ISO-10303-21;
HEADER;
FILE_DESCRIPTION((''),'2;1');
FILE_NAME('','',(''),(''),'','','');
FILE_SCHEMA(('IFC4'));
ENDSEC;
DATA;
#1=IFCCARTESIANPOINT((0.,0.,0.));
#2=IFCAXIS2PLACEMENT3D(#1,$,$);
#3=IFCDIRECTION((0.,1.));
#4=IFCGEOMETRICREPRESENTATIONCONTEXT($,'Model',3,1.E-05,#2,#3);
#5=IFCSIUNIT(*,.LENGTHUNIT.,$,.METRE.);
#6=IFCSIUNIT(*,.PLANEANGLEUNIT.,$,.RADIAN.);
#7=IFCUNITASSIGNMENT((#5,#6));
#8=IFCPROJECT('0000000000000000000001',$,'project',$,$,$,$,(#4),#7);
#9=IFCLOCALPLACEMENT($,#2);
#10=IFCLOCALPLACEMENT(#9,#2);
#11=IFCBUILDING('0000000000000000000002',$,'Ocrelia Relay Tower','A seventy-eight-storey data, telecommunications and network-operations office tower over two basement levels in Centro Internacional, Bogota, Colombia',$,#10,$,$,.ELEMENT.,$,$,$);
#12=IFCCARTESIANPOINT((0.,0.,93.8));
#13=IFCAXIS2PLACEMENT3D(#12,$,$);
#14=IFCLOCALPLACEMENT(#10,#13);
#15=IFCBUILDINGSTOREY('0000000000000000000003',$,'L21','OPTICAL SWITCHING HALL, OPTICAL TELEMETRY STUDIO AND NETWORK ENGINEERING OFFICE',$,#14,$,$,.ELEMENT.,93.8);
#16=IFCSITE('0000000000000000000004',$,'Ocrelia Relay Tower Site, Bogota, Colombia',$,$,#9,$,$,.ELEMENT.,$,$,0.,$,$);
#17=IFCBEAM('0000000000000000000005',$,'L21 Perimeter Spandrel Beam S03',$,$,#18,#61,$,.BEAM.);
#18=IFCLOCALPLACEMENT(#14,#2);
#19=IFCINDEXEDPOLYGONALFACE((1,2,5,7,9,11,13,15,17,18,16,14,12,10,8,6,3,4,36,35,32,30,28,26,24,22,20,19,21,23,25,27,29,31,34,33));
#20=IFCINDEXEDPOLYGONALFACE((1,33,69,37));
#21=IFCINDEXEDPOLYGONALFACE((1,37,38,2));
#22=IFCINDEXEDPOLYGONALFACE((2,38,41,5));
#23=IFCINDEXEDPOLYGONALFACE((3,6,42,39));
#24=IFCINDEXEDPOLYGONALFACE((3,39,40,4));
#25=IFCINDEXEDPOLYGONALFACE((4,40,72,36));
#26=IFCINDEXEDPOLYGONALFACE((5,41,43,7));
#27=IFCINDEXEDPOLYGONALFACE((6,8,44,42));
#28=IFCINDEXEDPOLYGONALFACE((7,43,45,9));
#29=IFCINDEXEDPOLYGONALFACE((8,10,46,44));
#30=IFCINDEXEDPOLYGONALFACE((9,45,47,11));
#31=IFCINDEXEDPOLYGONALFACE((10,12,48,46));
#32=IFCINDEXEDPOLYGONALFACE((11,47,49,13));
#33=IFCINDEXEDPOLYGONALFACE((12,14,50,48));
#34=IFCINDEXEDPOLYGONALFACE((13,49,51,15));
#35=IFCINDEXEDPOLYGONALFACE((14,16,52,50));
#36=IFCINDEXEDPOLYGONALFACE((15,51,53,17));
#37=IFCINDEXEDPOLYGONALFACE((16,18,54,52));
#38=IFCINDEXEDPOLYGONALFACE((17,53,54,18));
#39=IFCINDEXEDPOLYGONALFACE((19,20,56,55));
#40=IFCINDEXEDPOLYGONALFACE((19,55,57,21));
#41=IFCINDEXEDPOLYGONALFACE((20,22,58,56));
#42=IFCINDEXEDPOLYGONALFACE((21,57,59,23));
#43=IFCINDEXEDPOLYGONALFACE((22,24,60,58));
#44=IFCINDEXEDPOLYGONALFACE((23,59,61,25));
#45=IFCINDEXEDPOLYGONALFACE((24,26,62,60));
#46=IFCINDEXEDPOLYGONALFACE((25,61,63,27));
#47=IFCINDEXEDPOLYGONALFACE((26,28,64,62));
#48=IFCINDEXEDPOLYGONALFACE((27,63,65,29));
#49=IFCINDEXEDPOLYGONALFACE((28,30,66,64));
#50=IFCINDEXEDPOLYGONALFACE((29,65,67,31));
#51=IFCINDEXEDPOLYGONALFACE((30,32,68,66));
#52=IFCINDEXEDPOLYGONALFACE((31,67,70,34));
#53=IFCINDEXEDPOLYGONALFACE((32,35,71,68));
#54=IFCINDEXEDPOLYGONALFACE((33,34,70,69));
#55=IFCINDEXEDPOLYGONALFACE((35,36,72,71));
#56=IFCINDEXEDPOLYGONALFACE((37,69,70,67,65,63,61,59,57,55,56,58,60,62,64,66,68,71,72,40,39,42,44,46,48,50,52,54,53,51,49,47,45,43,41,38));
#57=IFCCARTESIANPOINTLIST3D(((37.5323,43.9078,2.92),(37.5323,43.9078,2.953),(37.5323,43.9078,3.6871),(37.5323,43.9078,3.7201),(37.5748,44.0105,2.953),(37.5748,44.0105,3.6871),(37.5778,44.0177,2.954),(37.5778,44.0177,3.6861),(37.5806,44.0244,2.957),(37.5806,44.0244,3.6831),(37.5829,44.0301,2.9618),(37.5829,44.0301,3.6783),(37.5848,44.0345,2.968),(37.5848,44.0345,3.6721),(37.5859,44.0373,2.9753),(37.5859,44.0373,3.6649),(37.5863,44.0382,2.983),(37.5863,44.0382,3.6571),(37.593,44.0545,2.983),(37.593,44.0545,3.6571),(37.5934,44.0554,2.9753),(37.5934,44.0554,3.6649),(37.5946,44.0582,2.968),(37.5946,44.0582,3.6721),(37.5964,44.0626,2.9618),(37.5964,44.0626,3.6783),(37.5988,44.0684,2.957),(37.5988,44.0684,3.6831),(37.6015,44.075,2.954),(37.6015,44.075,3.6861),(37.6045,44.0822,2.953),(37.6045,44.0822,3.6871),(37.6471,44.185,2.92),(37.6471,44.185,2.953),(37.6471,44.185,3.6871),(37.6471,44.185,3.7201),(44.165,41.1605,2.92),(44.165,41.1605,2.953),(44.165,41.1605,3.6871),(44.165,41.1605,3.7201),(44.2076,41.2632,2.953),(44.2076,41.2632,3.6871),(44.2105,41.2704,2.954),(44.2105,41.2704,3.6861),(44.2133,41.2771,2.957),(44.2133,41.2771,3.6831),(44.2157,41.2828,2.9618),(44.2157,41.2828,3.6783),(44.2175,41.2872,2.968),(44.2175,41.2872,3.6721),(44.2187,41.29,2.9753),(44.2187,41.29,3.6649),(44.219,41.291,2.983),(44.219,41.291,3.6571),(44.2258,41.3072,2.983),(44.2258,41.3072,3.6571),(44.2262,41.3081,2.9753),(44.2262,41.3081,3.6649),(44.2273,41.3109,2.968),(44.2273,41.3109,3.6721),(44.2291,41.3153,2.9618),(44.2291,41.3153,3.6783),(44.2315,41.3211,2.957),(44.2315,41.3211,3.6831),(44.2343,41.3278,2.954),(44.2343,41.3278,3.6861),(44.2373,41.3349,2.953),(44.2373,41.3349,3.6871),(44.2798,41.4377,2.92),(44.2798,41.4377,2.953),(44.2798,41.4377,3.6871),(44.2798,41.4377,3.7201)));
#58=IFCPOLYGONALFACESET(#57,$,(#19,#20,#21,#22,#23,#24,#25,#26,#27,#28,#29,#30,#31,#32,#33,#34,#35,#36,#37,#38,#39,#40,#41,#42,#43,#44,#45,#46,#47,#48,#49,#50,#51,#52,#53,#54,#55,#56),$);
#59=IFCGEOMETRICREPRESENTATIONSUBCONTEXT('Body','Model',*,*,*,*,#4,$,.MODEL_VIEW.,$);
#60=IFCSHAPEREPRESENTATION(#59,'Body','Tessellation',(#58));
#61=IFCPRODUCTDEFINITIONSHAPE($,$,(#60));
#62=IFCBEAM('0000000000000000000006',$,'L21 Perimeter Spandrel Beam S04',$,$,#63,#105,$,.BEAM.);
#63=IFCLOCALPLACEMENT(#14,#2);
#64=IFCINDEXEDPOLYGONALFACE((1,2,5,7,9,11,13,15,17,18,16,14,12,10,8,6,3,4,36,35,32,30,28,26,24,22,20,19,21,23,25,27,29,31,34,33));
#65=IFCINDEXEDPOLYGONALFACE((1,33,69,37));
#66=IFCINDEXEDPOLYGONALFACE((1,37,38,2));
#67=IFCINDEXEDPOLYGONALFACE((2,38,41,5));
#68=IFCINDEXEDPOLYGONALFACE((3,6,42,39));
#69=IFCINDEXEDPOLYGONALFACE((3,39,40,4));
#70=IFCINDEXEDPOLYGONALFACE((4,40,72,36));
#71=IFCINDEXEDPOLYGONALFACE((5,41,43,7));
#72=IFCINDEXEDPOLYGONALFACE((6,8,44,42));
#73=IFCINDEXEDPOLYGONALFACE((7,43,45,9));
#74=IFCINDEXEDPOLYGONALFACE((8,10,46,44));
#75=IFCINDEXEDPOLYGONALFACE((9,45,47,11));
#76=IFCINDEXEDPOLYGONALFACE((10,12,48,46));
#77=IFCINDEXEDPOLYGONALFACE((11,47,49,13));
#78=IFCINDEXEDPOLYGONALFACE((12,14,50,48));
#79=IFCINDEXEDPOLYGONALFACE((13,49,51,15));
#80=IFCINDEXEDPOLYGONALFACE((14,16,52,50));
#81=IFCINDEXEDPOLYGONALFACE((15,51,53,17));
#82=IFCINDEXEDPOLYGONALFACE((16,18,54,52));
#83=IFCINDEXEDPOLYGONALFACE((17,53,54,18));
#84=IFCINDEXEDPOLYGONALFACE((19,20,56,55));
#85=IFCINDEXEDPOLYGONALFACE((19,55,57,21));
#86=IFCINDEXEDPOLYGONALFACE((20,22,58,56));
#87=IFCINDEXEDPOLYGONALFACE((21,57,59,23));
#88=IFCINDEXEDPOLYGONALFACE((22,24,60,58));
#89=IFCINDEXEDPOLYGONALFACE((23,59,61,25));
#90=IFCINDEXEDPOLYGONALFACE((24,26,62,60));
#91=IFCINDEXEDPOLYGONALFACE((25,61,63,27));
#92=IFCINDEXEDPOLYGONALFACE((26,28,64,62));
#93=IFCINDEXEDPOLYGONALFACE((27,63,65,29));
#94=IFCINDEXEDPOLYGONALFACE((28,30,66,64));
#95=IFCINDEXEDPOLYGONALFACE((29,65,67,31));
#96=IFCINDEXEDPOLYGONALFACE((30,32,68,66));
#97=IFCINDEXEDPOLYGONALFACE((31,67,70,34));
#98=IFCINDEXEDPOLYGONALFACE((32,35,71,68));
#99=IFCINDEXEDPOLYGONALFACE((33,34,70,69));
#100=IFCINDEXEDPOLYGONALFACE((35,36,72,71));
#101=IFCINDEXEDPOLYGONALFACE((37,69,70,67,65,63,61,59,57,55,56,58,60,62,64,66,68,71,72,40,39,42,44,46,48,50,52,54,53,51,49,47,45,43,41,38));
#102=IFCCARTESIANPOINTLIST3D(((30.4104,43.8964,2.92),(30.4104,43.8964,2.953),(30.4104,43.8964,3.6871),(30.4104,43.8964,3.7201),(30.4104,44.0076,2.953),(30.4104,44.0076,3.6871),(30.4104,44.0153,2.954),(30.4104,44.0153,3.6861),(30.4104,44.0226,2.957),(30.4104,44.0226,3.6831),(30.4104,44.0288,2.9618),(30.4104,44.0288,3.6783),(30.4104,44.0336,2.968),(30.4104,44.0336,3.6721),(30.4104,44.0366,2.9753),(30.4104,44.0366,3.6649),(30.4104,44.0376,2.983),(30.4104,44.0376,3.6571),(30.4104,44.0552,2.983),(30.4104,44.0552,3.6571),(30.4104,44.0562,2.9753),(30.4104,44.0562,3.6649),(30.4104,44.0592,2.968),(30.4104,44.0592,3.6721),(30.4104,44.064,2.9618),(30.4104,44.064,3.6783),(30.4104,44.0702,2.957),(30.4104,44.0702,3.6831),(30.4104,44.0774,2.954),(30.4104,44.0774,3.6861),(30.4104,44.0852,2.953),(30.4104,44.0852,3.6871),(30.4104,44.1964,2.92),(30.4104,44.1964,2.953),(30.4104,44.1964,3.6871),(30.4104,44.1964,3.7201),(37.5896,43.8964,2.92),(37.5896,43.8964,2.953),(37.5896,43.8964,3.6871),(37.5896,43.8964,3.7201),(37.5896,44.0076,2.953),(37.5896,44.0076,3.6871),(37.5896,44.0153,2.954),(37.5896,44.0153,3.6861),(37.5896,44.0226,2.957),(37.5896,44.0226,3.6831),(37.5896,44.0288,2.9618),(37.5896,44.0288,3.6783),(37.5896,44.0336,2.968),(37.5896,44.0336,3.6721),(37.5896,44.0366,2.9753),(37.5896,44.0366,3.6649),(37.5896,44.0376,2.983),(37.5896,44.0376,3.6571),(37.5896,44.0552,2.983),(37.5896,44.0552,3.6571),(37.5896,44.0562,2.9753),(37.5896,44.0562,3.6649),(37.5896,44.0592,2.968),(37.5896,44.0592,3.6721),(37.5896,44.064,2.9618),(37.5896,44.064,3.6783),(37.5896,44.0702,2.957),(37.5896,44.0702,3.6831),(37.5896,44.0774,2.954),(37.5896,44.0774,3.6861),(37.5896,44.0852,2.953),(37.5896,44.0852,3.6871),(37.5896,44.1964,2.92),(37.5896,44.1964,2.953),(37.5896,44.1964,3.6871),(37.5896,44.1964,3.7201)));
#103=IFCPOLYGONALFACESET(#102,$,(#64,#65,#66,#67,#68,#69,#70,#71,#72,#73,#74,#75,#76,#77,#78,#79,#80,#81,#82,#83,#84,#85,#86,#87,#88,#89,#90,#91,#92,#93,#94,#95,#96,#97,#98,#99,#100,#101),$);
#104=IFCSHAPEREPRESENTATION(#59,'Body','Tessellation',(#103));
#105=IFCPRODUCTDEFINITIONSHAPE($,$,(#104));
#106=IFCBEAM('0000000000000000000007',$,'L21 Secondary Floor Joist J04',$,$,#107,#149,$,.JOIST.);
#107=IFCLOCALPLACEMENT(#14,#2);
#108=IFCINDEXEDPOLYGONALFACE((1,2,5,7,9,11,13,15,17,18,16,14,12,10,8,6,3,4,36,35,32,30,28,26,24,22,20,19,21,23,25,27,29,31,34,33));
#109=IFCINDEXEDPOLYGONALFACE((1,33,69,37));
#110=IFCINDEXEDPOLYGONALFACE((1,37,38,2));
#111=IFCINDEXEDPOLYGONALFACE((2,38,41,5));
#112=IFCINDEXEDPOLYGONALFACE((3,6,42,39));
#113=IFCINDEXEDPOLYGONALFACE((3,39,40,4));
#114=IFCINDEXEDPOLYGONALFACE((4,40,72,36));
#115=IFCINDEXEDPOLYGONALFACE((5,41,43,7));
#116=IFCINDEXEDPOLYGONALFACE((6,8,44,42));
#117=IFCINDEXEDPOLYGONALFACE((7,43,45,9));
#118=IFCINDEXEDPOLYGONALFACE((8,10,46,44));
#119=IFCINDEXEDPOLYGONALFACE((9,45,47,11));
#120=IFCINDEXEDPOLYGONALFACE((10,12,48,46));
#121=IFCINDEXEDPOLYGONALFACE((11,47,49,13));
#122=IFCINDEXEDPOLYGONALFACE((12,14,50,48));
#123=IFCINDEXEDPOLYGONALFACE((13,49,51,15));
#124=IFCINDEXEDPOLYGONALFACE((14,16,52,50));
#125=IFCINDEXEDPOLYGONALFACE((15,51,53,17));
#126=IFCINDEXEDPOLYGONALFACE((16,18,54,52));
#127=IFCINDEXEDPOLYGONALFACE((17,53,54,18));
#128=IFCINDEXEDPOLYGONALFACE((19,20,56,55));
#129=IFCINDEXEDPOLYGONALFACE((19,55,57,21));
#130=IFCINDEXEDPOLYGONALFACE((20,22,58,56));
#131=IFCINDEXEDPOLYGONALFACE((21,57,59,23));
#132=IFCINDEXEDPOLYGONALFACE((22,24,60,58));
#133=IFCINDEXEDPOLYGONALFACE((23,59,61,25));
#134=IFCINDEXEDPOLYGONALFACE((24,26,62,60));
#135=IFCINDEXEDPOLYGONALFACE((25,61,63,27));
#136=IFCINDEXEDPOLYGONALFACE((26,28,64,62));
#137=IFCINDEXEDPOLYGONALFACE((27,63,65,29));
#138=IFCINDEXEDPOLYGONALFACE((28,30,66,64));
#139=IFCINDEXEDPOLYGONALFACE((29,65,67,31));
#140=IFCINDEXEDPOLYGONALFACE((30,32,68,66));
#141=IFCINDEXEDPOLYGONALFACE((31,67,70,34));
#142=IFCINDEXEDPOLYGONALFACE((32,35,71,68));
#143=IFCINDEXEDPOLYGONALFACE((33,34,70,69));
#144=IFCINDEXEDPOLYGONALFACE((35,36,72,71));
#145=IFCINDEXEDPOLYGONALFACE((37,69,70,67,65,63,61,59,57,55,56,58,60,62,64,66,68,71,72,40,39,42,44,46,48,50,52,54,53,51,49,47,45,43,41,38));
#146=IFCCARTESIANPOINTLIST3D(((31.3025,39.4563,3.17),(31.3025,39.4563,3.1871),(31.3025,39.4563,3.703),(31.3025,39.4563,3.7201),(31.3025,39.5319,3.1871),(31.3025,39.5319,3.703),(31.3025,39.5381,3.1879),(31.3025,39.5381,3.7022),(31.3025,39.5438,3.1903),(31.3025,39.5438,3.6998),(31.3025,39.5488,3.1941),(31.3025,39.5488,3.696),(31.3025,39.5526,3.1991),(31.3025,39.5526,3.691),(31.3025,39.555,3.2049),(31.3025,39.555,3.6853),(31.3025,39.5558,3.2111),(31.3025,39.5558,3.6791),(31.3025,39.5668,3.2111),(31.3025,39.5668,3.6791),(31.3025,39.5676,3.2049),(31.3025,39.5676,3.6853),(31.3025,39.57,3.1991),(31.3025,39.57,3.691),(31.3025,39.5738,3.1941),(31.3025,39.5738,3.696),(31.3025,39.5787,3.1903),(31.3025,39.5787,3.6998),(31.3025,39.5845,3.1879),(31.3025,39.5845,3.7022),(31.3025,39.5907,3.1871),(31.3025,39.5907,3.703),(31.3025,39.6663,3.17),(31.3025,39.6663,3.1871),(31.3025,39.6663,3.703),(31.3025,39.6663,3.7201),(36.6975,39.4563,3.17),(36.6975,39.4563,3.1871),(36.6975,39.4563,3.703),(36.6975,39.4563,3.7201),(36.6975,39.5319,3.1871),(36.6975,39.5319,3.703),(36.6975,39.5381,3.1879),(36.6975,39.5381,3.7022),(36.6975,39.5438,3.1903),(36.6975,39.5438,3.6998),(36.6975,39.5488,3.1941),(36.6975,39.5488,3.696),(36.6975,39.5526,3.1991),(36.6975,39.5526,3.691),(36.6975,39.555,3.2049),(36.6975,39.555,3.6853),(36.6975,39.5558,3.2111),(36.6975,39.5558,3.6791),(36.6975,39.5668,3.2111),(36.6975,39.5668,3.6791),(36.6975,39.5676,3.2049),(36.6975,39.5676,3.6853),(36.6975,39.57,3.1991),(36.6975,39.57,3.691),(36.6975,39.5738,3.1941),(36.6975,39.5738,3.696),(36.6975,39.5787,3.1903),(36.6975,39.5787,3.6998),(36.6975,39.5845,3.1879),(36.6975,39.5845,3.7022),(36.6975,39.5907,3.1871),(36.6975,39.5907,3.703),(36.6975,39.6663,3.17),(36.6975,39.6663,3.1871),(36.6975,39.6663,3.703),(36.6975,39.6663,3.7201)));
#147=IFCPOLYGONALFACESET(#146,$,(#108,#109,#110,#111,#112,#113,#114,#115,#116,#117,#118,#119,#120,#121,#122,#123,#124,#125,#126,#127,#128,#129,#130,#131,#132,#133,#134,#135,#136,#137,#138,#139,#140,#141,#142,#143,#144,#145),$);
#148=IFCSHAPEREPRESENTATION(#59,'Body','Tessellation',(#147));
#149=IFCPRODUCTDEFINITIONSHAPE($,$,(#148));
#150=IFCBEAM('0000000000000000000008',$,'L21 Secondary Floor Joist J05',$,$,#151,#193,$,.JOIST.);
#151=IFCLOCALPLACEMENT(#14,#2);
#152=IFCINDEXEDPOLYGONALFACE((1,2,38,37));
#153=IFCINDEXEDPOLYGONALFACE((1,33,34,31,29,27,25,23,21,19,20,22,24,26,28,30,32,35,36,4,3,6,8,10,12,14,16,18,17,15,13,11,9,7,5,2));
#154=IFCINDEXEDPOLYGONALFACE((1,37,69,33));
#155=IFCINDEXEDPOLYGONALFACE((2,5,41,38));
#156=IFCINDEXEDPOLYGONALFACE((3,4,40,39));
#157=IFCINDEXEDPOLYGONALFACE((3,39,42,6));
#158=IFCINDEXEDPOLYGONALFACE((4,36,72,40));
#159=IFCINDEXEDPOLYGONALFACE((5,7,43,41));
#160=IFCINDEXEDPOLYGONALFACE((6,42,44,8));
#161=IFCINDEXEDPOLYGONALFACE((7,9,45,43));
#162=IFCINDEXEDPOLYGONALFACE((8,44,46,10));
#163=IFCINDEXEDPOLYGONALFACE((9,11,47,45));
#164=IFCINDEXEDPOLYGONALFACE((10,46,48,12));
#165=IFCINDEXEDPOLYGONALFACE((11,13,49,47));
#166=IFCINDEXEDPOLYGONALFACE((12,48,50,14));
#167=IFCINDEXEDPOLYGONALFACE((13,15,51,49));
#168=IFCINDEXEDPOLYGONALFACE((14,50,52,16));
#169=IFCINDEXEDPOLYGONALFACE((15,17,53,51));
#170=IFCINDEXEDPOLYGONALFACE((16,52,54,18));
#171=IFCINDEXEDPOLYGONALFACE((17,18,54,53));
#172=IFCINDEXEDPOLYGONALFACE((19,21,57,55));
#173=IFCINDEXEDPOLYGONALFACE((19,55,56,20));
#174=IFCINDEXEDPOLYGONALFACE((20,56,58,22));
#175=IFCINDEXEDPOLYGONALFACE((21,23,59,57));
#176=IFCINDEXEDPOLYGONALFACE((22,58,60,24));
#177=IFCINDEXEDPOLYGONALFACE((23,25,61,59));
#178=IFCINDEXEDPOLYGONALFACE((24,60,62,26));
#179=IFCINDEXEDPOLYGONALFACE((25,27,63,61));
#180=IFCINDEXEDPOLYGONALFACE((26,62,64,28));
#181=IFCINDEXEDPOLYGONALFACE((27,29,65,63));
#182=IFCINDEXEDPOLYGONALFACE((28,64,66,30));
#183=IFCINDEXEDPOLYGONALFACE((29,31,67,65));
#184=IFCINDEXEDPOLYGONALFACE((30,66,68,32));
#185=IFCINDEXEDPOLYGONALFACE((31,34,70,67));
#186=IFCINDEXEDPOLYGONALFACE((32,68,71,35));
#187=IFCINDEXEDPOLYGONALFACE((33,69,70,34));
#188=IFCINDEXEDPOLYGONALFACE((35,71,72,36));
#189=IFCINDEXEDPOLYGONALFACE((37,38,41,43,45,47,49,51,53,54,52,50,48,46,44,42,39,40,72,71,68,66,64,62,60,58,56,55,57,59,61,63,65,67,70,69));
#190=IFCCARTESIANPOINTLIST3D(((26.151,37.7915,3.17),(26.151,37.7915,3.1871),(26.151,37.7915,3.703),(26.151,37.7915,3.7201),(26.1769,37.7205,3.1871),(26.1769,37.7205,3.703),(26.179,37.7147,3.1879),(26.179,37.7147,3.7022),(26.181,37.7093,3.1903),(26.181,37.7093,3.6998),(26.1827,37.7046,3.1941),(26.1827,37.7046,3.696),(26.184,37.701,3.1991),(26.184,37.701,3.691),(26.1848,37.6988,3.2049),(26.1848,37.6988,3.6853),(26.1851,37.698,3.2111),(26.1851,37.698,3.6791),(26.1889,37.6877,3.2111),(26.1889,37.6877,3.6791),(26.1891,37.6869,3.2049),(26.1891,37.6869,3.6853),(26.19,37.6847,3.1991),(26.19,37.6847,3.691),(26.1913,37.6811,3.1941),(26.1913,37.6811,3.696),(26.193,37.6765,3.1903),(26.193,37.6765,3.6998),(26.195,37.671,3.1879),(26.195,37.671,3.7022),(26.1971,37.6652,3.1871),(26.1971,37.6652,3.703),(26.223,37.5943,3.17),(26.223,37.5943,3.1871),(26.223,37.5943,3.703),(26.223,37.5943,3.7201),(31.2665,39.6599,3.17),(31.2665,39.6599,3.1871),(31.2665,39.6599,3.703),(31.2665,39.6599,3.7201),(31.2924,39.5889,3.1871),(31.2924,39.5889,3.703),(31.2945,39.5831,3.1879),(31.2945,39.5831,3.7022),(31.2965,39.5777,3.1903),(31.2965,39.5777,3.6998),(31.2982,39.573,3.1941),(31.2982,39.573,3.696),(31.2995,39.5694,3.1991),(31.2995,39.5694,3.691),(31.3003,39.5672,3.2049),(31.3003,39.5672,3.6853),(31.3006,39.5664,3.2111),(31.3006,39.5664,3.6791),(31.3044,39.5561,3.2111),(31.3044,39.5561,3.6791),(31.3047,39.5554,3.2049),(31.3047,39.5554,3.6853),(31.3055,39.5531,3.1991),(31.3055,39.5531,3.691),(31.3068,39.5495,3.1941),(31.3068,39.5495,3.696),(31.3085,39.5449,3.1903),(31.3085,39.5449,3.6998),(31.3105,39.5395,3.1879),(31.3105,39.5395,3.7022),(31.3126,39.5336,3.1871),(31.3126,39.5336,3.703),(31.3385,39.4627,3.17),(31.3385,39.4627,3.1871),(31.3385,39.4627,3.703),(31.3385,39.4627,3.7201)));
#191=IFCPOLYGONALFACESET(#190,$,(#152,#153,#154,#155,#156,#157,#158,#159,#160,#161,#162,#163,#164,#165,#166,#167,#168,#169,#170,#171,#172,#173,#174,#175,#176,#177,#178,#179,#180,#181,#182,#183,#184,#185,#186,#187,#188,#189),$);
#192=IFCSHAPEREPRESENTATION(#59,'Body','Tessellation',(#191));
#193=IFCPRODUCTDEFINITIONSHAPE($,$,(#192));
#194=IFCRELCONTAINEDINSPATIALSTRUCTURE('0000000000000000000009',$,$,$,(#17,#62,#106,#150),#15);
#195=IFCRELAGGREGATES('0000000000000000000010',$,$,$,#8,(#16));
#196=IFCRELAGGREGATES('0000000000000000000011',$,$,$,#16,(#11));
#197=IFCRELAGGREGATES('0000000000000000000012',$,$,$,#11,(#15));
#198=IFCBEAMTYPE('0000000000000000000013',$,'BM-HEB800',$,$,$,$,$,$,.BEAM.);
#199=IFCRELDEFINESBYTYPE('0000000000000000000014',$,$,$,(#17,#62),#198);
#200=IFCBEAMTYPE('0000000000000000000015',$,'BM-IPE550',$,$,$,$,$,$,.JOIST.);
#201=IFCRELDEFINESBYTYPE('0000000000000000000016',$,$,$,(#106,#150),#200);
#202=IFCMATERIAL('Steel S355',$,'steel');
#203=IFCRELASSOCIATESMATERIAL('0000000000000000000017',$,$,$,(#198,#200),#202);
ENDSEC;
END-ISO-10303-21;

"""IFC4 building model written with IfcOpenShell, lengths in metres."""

from ifc_helpers import new_model, si_unit, direction, frame, origin, origin_2d, place, context, subcontext, project, spatial, i_section, extrude, material, material_profile, profile_set, type_object, element, save


model = new_model("IFC4")

# Units and contexts
model_context = context("Model", 3, precision=1e-05, world=origin(), true_north=direction((0.0, 1.0)))
body_context = subcontext(model_context, "Body", "Model", "MODEL_VIEW")
ifc_project = project(units=[si_unit("LENGTHUNIT", "METRE"), si_unit("PLANEANGLEUNIT", "RADIAN")], contexts=[model_context])

# Site, building, storey
site_placement = place(None, origin())
site = spatial("IfcSite", under=ifc_project, at=site_placement, Name="Ocrelia Relay Tower Site, Bogota, Colombia", CompositionType="ELEMENT", RefElevation=0.0)
building_placement = place(site_placement, origin())
building = spatial("IfcBuilding", under=site, at=building_placement, Name="Ocrelia Relay Tower", Description="A seventy-eight-storey data, telecommunications and network-operations office tower over two basement levels in Centro Internacional, Bogota, Colombia", CompositionType="ELEMENT")
storey_placement = place(building_placement, frame((0.0, 0.0, 93.8)))
storey = spatial("IfcBuildingStorey", under=building, at=storey_placement, Name="L21", Description="OPTICAL SWITCHING HALL, OPTICAL TELEMETRY STUDIO AND NETWORK ENGINEERING OFFICE", CompositionType="ELEMENT", Elevation=93.8)

# Beams
ifc_material_1 = material(Name="Steel S355", Category="steel")
ifc_material_profile_1 = material_profile(ifc_material_1, i_section(OverallWidth=0.3, OverallDepth=0.8, WebThickness=0.0176, FlangeThickness=0.033, FilletRadius=0.03, at=origin_2d()), Name="HEB 800")
ifc_profile_set_1 = profile_set([ifc_material_profile_1], Name="Steel S355")
beam_type_1 = type_object("IfcBeamType", Name="BM-HEB800", PredefinedType="BEAM", material=ifc_profile_set_1)
for number, where, z_axis, x_axis, name in (
    (1, (44.2224, 41.2991, 3.3201), (-0.923884, 0.382673, 0.0), (-0.382673, -0.923884, 0.0), "L21 Perimeter Spandrel Beam S03"),
    (2, (37.5896, 44.0464, 3.3201), (-1.0, 0.0, 0.0), (0.0, -1.0, 0.0), "L21 Perimeter Spandrel Beam S04"),
):
    element("IfcBeam", number, at=place(storey_placement, frame(where, z_axis=z_axis, x_axis=x_axis)), inside=storey, type_object=beam_type_1, Name=name, PredefinedType="BEAM", context=body_context, shape_type="SweptSolid", body=[
        extrude(i_section(OverallWidth=0.3, OverallDepth=0.8, WebThickness=0.0176, FlangeThickness=0.033, FilletRadius=0.03, at=origin_2d()), origin(), (0.0, 0.0, 1.0), 7.1792),
    ])
ifc_material_profile_2 = material_profile(ifc_material_1, i_section(OverallWidth=0.21, OverallDepth=0.55, WebThickness=0.011, FlangeThickness=0.0171, FilletRadius=0.0239, at=origin_2d()), Name="IPE 550")
ifc_profile_set_2 = profile_set([ifc_material_profile_2], Name="Steel S355")
beam_type_2 = type_object("IfcBeamType", Name="BM-IPE550", PredefinedType="JOIST", material=ifc_profile_set_2)
beam_1_placement = place(storey_placement, frame((36.6975, 39.5613, 3.4451), z_axis=(-1.0, 0.0, 0.0), x_axis=(0.0, -1.0, 0.0)))
element("IfcBeam", 3, at=beam_1_placement, inside=storey, type_object=beam_type_2, Name="L21 Secondary Floor Joist J04", PredefinedType="JOIST", context=body_context, shape_type="SweptSolid", body=[
    extrude(i_section(OverallWidth=0.21, OverallDepth=0.55, WebThickness=0.011, FlangeThickness=0.0171, FilletRadius=0.0239, at=origin_2d()), origin(), (0.0, 0.0, 1.0), 5.395),
])
beam_2_placement = place(storey_placement, frame((31.3025, 39.5613, 3.4451), z_axis=(-0.939307, -0.343078, 0.0), x_axis=(0.343078, -0.939307, 0.0)))
element("IfcBeam", 4, at=beam_2_placement, inside=storey, type_object=beam_type_2, Name="L21 Secondary Floor Joist J05", PredefinedType="JOIST", context=body_context, shape_type="SweptSolid", body=[
    extrude(i_section(OverallWidth=0.21, OverallDepth=0.55, WebThickness=0.011, FlangeThickness=0.0171, FilletRadius=0.0239, at=origin_2d()), origin(), (0.0, 0.0, 1.0), 5.446),
])

save(model, "model.ifc")
